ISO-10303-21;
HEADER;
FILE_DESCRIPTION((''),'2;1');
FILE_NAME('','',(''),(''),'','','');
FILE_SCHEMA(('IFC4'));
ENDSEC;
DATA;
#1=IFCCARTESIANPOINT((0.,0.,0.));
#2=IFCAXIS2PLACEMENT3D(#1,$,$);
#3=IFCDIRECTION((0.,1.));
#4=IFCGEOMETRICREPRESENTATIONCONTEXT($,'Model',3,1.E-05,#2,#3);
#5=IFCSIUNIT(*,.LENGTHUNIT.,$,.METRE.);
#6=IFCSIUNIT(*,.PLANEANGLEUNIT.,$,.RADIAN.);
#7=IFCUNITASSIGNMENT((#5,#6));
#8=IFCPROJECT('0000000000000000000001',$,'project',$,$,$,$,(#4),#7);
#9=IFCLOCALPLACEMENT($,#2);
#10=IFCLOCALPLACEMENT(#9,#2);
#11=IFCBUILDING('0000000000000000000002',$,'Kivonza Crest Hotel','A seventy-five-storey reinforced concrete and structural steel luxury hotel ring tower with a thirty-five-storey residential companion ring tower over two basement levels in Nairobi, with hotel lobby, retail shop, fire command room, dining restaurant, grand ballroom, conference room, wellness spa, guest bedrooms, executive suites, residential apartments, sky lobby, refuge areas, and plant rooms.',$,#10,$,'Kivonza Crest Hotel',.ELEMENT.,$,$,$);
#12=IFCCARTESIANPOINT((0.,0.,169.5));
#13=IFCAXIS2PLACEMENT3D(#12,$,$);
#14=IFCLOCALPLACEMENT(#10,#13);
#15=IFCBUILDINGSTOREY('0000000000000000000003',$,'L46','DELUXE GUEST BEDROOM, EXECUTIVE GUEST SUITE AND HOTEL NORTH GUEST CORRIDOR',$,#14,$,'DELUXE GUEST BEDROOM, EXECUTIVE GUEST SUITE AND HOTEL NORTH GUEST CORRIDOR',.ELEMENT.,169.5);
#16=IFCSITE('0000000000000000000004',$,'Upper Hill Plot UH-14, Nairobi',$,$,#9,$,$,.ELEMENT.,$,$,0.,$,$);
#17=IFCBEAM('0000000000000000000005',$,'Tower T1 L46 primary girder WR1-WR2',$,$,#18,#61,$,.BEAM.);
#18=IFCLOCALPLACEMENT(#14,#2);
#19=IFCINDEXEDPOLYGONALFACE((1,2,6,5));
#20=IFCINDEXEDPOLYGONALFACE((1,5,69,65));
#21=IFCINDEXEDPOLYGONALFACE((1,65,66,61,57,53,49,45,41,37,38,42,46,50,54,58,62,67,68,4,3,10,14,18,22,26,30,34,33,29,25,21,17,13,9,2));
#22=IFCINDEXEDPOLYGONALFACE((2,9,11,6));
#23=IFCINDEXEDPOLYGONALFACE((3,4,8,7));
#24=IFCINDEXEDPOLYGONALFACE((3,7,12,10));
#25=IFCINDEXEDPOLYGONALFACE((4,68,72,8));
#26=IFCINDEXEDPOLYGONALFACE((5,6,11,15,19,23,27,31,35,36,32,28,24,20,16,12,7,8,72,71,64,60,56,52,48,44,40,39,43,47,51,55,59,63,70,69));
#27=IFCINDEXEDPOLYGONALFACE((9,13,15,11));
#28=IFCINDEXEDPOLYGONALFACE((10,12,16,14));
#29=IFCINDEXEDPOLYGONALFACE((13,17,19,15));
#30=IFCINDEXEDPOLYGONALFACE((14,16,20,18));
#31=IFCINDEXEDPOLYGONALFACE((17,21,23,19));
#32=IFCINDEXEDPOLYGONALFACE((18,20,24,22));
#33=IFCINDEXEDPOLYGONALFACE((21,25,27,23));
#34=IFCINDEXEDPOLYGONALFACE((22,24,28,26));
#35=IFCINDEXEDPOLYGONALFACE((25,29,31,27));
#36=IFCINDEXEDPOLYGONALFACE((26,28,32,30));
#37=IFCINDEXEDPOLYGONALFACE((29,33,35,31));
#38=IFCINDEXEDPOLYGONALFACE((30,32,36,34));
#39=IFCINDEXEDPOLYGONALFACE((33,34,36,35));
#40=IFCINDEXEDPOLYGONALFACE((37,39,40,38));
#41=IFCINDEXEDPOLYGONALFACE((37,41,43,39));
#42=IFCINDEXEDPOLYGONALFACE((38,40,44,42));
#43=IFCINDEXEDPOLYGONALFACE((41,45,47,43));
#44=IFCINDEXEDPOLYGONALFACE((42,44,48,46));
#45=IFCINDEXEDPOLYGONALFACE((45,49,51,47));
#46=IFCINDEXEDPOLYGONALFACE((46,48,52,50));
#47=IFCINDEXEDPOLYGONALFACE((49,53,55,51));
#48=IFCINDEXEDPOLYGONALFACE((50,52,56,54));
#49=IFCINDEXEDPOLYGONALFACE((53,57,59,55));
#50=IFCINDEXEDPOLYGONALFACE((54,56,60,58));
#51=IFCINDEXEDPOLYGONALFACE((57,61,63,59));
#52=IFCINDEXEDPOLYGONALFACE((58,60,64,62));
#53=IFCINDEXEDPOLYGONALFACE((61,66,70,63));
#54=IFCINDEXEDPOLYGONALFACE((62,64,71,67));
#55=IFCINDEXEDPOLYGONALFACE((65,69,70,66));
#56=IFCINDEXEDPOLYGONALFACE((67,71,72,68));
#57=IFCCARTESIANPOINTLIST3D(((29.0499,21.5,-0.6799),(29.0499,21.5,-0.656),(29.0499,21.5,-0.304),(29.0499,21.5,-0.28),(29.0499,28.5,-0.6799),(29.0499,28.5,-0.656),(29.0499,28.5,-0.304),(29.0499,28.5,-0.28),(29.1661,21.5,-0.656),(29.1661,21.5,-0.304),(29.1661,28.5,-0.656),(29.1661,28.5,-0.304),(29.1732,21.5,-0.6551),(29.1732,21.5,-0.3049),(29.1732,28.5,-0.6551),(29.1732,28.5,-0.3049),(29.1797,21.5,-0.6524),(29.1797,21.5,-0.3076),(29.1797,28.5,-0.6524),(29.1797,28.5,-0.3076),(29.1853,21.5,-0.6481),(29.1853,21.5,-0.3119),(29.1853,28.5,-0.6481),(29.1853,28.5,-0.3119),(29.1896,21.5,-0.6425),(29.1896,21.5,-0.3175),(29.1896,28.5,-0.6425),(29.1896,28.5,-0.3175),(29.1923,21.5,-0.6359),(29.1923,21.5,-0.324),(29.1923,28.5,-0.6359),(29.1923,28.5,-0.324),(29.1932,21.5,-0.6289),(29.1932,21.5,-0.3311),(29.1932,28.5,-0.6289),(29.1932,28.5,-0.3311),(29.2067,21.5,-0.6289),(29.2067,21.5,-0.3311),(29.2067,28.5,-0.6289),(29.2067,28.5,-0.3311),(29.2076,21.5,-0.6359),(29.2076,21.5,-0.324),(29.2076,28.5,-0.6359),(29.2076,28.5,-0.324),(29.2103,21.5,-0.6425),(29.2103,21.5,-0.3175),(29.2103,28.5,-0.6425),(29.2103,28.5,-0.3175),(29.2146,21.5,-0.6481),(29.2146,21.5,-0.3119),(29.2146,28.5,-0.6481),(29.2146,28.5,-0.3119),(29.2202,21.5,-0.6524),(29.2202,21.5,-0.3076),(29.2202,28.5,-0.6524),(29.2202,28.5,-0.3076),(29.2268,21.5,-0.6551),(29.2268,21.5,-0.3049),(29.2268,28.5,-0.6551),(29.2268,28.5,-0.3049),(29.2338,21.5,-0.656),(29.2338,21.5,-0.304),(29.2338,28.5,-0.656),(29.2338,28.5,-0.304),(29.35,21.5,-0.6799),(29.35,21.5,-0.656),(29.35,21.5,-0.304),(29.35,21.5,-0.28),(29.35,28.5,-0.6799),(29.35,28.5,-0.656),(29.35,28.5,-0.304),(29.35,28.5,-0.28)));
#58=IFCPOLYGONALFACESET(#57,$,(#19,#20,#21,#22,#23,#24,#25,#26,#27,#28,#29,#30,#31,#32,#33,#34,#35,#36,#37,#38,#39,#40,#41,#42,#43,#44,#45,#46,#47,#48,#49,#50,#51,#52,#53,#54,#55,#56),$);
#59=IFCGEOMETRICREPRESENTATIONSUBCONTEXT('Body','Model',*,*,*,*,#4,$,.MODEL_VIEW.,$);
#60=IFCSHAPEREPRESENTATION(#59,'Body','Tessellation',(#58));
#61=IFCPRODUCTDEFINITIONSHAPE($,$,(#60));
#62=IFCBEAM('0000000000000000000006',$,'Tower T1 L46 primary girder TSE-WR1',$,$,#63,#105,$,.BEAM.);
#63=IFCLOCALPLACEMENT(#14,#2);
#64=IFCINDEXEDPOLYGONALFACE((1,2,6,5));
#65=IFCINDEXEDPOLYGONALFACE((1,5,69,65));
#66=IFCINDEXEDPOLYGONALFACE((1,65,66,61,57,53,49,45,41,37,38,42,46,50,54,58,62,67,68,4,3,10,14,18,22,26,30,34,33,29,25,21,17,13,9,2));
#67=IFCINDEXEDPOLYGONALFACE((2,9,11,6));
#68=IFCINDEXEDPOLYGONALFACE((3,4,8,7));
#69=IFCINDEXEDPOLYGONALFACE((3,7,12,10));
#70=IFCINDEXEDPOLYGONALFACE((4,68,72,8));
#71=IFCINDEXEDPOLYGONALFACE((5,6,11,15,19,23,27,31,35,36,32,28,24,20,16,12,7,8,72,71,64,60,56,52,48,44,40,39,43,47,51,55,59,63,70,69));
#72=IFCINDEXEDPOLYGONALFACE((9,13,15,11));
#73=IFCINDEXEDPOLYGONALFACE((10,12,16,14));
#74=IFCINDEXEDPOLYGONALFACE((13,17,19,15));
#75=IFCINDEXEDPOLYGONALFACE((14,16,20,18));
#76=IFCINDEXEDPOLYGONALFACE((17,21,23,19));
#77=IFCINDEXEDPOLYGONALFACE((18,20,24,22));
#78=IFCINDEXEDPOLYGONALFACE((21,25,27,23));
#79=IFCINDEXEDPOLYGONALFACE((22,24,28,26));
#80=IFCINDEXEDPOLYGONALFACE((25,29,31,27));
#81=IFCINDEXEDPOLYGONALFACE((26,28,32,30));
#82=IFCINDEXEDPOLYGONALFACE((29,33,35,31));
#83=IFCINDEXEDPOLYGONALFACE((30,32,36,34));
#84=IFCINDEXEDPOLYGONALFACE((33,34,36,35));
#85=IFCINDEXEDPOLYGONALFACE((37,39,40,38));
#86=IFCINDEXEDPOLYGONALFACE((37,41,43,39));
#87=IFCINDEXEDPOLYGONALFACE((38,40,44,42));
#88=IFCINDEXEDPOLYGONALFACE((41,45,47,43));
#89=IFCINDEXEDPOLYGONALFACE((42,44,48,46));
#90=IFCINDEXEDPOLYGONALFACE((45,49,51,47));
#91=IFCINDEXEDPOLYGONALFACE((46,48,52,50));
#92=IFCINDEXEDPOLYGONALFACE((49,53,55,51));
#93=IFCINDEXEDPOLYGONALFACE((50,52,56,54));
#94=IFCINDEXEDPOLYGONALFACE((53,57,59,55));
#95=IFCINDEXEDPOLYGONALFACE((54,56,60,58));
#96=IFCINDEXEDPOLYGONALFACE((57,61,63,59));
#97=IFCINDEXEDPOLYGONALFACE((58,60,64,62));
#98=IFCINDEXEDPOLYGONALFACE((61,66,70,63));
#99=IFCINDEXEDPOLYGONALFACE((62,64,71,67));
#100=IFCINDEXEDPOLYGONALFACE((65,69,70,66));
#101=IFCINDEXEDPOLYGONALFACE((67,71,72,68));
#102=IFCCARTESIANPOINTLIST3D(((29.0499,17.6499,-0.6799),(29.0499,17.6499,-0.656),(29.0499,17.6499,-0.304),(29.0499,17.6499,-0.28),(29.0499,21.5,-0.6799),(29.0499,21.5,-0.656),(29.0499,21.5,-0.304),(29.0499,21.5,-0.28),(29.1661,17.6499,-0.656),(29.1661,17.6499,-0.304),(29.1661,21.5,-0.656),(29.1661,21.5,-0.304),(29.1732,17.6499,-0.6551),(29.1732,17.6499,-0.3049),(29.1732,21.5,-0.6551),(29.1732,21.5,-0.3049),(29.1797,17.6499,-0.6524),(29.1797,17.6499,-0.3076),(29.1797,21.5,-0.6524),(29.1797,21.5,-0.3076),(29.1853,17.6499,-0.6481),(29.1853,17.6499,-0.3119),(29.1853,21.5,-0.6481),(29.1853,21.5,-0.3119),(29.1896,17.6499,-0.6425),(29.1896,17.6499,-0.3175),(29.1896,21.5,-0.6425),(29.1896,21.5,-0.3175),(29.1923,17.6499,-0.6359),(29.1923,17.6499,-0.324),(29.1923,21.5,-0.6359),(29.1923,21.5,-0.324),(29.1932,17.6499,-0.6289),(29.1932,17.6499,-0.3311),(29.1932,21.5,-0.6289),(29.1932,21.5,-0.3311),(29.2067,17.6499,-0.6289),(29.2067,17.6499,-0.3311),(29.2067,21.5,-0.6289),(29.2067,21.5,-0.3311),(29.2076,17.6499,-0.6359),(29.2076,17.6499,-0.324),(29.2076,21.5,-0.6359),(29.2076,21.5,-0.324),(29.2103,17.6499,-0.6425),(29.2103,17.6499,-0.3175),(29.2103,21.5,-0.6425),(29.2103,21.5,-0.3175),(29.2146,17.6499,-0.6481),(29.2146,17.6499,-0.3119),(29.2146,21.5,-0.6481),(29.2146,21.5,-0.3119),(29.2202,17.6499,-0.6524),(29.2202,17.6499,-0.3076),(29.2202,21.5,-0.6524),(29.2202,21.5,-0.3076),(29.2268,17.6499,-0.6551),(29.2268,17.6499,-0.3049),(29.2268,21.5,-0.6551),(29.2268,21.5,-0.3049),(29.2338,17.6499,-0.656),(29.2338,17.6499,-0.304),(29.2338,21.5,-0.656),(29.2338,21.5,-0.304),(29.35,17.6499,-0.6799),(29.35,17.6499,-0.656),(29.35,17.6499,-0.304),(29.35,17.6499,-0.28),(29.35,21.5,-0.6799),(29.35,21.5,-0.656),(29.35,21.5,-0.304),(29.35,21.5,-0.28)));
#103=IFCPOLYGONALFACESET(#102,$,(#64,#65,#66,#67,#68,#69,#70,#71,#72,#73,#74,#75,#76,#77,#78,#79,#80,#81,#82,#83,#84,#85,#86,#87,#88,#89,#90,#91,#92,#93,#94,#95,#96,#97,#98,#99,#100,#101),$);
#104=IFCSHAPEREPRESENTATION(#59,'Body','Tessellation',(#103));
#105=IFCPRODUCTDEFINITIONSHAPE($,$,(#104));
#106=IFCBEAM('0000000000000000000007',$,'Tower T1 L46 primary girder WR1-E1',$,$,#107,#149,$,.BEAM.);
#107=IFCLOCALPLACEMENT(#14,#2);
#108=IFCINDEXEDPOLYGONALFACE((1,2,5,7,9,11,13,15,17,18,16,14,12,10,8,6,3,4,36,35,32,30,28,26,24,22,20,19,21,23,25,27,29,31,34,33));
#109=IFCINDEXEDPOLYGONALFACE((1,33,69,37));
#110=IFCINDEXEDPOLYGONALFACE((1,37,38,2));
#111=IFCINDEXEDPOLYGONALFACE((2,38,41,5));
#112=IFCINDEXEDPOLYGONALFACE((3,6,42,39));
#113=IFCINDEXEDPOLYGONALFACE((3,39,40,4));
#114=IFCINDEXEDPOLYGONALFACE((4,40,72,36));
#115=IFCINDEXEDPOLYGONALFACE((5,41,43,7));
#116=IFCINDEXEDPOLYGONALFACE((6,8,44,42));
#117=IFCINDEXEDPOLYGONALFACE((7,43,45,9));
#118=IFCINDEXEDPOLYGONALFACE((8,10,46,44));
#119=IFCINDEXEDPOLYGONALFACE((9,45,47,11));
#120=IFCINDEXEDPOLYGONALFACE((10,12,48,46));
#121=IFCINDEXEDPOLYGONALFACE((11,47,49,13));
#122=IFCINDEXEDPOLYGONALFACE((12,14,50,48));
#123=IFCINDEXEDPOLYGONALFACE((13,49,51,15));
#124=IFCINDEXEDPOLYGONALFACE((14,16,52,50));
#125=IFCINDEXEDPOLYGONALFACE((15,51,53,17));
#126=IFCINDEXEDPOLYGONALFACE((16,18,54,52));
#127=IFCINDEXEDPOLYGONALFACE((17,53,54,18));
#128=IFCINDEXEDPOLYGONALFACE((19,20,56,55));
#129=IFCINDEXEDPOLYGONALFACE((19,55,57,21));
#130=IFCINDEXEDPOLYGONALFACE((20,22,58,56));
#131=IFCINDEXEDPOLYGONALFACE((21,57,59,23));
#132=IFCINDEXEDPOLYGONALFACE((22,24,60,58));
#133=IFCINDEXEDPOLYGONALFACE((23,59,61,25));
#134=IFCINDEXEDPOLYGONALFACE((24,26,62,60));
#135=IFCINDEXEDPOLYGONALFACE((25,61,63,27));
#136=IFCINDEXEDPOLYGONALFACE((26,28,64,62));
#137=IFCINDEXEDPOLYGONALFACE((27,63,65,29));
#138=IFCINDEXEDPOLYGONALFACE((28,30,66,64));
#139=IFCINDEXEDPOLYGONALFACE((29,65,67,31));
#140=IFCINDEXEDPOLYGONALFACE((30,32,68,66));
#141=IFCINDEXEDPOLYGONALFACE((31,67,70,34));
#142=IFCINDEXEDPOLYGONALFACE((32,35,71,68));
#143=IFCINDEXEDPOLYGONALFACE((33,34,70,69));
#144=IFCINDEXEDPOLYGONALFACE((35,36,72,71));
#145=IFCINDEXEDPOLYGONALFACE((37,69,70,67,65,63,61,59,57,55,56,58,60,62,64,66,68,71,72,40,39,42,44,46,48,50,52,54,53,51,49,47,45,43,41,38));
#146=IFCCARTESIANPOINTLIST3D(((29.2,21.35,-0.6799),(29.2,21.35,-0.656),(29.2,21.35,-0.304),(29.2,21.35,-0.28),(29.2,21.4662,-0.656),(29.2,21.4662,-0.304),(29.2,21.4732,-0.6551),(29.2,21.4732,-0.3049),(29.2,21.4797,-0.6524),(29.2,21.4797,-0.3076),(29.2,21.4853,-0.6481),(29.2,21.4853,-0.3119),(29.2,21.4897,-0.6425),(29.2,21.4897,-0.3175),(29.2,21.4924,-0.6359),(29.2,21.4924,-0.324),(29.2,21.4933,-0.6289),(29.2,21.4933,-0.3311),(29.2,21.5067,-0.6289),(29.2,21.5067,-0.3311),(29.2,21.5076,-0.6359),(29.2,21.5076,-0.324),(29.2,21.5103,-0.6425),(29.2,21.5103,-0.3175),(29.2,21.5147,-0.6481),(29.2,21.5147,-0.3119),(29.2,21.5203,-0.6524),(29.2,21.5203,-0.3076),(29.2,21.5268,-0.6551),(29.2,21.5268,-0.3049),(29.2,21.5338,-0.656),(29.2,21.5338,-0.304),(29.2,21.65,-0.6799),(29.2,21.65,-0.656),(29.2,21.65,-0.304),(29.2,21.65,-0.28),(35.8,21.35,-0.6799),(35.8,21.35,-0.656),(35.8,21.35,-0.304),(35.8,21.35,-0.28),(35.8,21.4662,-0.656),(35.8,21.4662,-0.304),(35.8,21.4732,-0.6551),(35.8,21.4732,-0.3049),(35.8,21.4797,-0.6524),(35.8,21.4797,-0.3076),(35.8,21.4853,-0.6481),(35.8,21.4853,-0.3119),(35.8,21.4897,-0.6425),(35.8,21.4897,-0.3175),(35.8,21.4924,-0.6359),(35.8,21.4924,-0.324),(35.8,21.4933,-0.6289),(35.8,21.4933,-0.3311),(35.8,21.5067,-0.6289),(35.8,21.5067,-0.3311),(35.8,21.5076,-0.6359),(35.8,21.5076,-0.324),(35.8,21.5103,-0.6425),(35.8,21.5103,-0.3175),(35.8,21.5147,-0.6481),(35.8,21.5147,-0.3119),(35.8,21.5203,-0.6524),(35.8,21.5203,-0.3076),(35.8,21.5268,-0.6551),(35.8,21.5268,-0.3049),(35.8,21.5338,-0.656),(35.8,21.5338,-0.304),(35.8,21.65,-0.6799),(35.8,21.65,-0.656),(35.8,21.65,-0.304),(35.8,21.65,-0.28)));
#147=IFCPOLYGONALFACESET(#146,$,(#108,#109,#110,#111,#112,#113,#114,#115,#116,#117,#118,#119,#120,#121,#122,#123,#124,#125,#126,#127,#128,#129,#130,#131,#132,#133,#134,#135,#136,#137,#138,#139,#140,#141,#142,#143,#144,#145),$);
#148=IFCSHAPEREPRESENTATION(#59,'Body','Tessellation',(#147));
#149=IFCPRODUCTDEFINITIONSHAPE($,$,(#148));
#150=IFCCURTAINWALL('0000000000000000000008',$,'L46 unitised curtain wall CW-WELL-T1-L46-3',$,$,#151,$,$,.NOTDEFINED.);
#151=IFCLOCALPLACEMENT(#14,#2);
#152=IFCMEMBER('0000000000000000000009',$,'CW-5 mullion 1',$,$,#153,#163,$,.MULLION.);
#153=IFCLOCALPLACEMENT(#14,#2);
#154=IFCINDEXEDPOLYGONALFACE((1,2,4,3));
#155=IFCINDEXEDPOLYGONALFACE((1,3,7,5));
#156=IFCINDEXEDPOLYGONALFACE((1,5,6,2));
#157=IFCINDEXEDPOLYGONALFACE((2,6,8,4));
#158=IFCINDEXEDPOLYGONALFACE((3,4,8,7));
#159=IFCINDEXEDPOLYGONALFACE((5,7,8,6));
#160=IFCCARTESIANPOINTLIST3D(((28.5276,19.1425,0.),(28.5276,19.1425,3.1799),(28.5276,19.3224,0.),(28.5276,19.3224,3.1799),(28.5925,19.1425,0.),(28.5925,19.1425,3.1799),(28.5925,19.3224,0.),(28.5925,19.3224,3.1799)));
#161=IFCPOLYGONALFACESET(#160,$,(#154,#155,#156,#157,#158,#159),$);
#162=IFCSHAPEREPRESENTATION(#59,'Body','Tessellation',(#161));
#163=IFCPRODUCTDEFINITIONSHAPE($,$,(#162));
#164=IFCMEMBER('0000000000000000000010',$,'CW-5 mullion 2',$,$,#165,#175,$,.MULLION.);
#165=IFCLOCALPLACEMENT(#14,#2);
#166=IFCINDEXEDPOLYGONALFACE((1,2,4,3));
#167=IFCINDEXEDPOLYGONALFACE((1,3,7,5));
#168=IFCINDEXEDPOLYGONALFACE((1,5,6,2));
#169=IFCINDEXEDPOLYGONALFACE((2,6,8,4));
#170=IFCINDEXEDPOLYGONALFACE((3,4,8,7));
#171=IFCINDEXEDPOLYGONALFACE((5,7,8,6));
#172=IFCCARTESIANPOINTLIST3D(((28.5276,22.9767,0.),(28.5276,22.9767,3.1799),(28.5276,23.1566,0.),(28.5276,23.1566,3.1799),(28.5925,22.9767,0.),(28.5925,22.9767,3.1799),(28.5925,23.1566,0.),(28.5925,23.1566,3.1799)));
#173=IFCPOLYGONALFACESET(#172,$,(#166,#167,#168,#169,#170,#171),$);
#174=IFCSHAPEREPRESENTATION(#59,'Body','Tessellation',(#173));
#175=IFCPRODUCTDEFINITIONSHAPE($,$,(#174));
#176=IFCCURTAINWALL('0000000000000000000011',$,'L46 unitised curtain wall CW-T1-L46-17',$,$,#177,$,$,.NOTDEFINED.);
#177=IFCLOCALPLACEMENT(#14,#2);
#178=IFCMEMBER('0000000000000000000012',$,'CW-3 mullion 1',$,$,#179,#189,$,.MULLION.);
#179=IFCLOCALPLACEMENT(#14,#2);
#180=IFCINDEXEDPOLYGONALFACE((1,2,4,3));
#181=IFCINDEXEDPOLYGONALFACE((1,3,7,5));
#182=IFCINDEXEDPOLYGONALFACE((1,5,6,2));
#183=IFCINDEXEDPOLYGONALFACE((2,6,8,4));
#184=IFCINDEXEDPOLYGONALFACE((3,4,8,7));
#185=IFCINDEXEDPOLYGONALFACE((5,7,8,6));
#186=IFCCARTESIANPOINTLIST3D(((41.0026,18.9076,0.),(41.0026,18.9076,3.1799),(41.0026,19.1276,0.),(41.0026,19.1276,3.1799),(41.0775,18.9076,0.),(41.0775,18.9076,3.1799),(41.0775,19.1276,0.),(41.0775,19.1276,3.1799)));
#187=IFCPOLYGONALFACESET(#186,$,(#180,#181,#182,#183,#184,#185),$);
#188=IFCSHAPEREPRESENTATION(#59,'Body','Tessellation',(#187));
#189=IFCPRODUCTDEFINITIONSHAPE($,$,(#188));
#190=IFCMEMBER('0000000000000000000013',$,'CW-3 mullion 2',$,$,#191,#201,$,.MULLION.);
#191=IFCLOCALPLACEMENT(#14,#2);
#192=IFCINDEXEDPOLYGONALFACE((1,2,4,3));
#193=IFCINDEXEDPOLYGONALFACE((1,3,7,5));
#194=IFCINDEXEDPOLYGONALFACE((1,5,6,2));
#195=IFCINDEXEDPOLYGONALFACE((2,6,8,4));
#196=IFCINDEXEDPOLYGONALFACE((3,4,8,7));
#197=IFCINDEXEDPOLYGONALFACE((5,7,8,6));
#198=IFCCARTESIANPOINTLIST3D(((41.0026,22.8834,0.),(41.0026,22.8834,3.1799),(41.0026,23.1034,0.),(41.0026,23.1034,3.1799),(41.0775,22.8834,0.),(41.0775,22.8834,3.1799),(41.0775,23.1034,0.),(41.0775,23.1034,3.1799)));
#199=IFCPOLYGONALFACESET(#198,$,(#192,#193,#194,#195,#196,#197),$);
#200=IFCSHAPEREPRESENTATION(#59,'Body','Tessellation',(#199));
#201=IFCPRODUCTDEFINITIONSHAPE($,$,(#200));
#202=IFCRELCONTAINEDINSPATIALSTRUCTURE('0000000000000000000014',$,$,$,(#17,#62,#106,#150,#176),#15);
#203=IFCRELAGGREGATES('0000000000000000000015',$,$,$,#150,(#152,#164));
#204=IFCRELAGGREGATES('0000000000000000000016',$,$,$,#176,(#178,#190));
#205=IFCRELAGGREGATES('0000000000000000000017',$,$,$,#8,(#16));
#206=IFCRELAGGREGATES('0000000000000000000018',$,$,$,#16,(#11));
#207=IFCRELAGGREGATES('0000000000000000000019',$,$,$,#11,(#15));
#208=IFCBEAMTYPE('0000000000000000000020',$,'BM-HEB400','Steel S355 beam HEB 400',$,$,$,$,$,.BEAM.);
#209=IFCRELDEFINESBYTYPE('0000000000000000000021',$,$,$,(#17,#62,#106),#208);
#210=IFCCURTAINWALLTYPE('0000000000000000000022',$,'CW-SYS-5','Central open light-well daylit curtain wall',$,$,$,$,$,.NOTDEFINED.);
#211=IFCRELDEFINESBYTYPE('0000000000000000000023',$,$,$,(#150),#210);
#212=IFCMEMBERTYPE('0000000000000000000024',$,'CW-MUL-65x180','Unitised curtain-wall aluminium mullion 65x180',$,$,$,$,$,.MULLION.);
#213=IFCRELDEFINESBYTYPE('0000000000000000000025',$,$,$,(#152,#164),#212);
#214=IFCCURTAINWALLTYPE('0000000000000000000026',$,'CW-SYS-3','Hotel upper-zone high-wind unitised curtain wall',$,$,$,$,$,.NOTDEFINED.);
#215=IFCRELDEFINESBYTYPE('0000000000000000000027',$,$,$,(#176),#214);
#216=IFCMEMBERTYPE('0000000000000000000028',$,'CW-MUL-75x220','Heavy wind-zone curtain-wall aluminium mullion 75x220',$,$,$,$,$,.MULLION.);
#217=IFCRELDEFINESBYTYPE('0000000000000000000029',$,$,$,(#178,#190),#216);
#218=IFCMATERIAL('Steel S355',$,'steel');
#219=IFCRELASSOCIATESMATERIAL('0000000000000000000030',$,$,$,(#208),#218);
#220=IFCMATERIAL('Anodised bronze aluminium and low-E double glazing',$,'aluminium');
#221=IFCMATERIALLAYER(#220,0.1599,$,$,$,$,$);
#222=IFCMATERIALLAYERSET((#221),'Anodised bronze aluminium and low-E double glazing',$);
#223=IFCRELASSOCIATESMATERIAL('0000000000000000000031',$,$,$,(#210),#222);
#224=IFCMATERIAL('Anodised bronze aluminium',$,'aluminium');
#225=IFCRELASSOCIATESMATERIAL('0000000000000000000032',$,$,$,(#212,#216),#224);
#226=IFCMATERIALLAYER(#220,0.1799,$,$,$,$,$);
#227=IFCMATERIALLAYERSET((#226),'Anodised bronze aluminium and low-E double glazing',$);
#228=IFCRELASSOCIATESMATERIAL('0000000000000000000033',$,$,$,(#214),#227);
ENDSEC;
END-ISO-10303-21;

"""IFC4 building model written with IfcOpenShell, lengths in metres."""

from ifc_helpers import new_model, si_unit, direction, frame, origin, origin_2d, place, context, subcontext, project, spatial, rectangle, i_section, extrude, material, layer, layer_set, material_profile, profile_set, type_object, element, aggregate, save


model = new_model("IFC4")

# Units and contexts
model_context = context("Model", 3, precision=1e-05, world=origin(), true_north=direction((0.0, 1.0)))
body_context = subcontext(model_context, "Body", "Model", "MODEL_VIEW")
ifc_project = project(units=[si_unit("LENGTHUNIT", "METRE"), si_unit("PLANEANGLEUNIT", "RADIAN")], contexts=[model_context])

# Site, building, storey
site_placement = place(None, origin())
site = spatial("IfcSite", under=ifc_project, at=site_placement, Name="Upper Hill Plot UH-14, Nairobi", CompositionType="ELEMENT", RefElevation=0.0)
building_placement = place(site_placement, origin())
building = spatial("IfcBuilding", under=site, at=building_placement, Name="Kivonza Crest Hotel", Description="A seventy-five-storey reinforced concrete and structural steel luxury hotel ring tower with a thirty-five-storey residential companion ring tower over two basement levels in Nairobi, with hotel lobby, retail shop, fire command room, dining restaurant, grand ballroom, conference room, wellness spa, guest bedrooms, executive suites, residential apartments, sky lobby, refuge areas, and plant rooms.", LongName="Kivonza Crest Hotel", CompositionType="ELEMENT")
storey_placement = place(building_placement, frame((0.0, 0.0, 169.5)))
storey = spatial("IfcBuildingStorey", under=building, at=storey_placement, Name="L46", Description="DELUXE GUEST BEDROOM, EXECUTIVE GUEST SUITE AND HOTEL NORTH GUEST CORRIDOR", LongName="DELUXE GUEST BEDROOM, EXECUTIVE GUEST SUITE AND HOTEL NORTH GUEST CORRIDOR", CompositionType="ELEMENT", Elevation=169.5)

# Beams
ifc_material_1 = material(Name="Steel S355", Category="steel")
ifc_material_profile_1 = material_profile(ifc_material_1, i_section(OverallWidth=0.3, OverallDepth=0.3999, WebThickness=0.0134, FlangeThickness=0.0239, FilletRadius=0.0271, at=origin_2d()), Name="HEB 400")
ifc_profile_set_1 = profile_set([ifc_material_profile_1], Name="Steel S355")
beam_type_1 = type_object("IfcBeamType", Name="BM-HEB400", Description="Steel S355 beam HEB 400", PredefinedType="BEAM", material=ifc_profile_set_1)
beam_1_placement = place(storey_placement, frame((29.2, 21.5, -0.48), z_axis=(0.0, 1.0, 0.0), x_axis=(-1.0, 0.0, 0.0)))
element("IfcBeam", 1, at=beam_1_placement, inside=storey, type_object=beam_type_1, Name="Tower T1 L46 primary girder WR1-WR2", PredefinedType="BEAM", context=body_context, shape_type="SweptSolid", body=[
    extrude(i_section(OverallWidth=0.3, OverallDepth=0.3999, WebThickness=0.0134, FlangeThickness=0.0239, FilletRadius=0.0271, at=origin_2d()), origin(), (0.0, 0.0, 1.0), 7.0),
])
beam_2_placement = place(storey_placement, frame((29.2, 17.6499, -0.48), z_axis=(0.0, 1.0, 0.0), x_axis=(-1.0, 0.0, 0.0)))
element("IfcBeam", 2, at=beam_2_placement, inside=storey, type_object=beam_type_1, Name="Tower T1 L46 primary girder TSE-WR1", PredefinedType="BEAM", context=body_context, shape_type="SweptSolid", body=[
    extrude(i_section(OverallWidth=0.3, OverallDepth=0.3999, WebThickness=0.0134, FlangeThickness=0.0239, FilletRadius=0.0271, at=origin_2d()), origin(), (0.0, 0.0, 1.0), 3.8501),
])
beam_3_placement = place(storey_placement, frame((29.2, 21.5, -0.48), z_axis=(1.0, 0.0, 0.0), x_axis=(0.0, 1.0, 0.0)))
element("IfcBeam", 3, at=beam_3_placement, inside=storey, type_object=beam_type_1, Name="Tower T1 L46 primary girder WR1-E1", PredefinedType="BEAM", context=body_context, shape_type="SweptSolid", body=[
    extrude(i_section(OverallWidth=0.3, OverallDepth=0.3999, WebThickness=0.0134, FlangeThickness=0.0239, FilletRadius=0.0271, at=origin_2d()), origin(), (0.0, 0.0, 1.0), 6.6001),
])

# Curtain walls, members
ifc_material_2 = material(Name="Anodised bronze aluminium and low-E double glazing", Category="aluminium")
ifc_layer_1 = layer(ifc_material_2, 0.1599)
ifc_layer_set_1 = layer_set([ifc_layer_1], Name="Anodised bronze aluminium and low-E double glazing")
curtain_wall_type_1 = type_object("IfcCurtainWallType", Name="CW-SYS-5", Description="Central open light-well daylit curtain wall", PredefinedType="NOTDEFINED", material=ifc_layer_set_1)
curtain_wall_1_placement = place(storey_placement, origin())
curtain_wall_1 = element("IfcCurtainWall", 4, at=curtain_wall_1_placement, inside=storey, type_object=curtain_wall_type_1, Name="L46 unitised curtain wall CW-WELL-T1-L46-3", PredefinedType="NOTDEFINED")
ifc_material_3 = material(Name="Anodised bronze aluminium", Category="aluminium")
ifc_material_profile_2 = material_profile(ifc_material_3, rectangle(XDim=0.0649, YDim=0.1799, at=origin_2d()), Name="CW-M 65x180")
ifc_profile_set_2 = profile_set([ifc_material_profile_2], Name="Anodised bronze aluminium")
member_type_1 = type_object("IfcMemberType", Name="CW-MUL-65x180", Description="Unitised curtain-wall aluminium mullion 65x180", PredefinedType="MULLION", material=ifc_profile_set_2)
member_1_placement = place(storey_placement, frame((28.5601, 19.2324, 0.0), z_axis=(0.0, 0.0, 1.0), x_axis=(-1.0, 0.0, 0.0)))
member_1 = element("IfcMember", 5, at=member_1_placement, type_object=member_type_1, Name="CW-5 mullion 1", PredefinedType="MULLION", context=body_context, shape_type="SweptSolid", body=[
    extrude(rectangle(XDim=0.0649, YDim=0.1799, at=origin_2d()), origin(), (0.0, 0.0, 1.0), 3.1799),
])
member_2_placement = place(storey_placement, frame((28.5601, 23.0667, 0.0), z_axis=(0.0, 0.0, 1.0), x_axis=(-1.0, 0.0, 0.0)))
member_2 = element("IfcMember", 6, at=member_2_placement, type_object=member_type_1, Name="CW-5 mullion 2", PredefinedType="MULLION", context=body_context, shape_type="SweptSolid", body=[
    extrude(rectangle(XDim=0.0649, YDim=0.1799, at=origin_2d()), origin(), (0.0, 0.0, 1.0), 3.1799),
])
ifc_layer_2 = layer(ifc_material_2, 0.1799)
ifc_layer_set_2 = layer_set([ifc_layer_2], Name="Anodised bronze aluminium and low-E double glazing")
curtain_wall_type_2 = type_object("IfcCurtainWallType", Name="CW-SYS-3", Description="Hotel upper-zone high-wind unitised curtain wall", PredefinedType="NOTDEFINED", material=ifc_layer_set_2)
curtain_wall_2_placement = place(storey_placement, origin())
curtain_wall_2 = element("IfcCurtainWall", 7, at=curtain_wall_2_placement, inside=storey, type_object=curtain_wall_type_2, Name="L46 unitised curtain wall CW-T1-L46-17", PredefinedType="NOTDEFINED")
ifc_material_profile_3 = material_profile(ifc_material_3, rectangle(XDim=0.075, YDim=0.22, at=origin_2d()), Name="CW-M 75x220")
ifc_profile_set_3 = profile_set([ifc_material_profile_3], Name="Anodised bronze aluminium")
member_type_2 = type_object("IfcMemberType", Name="CW-MUL-75x220", Description="Heavy wind-zone curtain-wall aluminium mullion 75x220", PredefinedType="MULLION", material=ifc_profile_set_3)
member_3_placement = place(storey_placement, frame((41.04, 19.0176, 0.0), z_axis=(0.0, 0.0, 1.0), x_axis=(-1.0, 0.0, 0.0)))
member_3 = element("IfcMember", 8, at=member_3_placement, type_object=member_type_2, Name="CW-3 mullion 1", PredefinedType="MULLION", context=body_context, shape_type="SweptSolid", body=[
    extrude(rectangle(XDim=0.075, YDim=0.22, at=origin_2d()), origin(), (0.0, 0.0, 1.0), 3.1799),
])
member_4_placement = place(storey_placement, frame((41.04, 22.9934, 0.0), z_axis=(0.0, 0.0, 1.0), x_axis=(-1.0, 0.0, 0.0)))
member_4 = element("IfcMember", 9, at=member_4_placement, type_object=member_type_2, Name="CW-3 mullion 2", PredefinedType="MULLION", context=body_context, shape_type="SweptSolid", body=[
    extrude(rectangle(XDim=0.075, YDim=0.22, at=origin_2d()), origin(), (0.0, 0.0, 1.0), 3.1799),
])

aggregate(curtain_wall_1, [member_1, member_2])
aggregate(curtain_wall_2, [member_3, member_4])

save(model, "model.ifc")
